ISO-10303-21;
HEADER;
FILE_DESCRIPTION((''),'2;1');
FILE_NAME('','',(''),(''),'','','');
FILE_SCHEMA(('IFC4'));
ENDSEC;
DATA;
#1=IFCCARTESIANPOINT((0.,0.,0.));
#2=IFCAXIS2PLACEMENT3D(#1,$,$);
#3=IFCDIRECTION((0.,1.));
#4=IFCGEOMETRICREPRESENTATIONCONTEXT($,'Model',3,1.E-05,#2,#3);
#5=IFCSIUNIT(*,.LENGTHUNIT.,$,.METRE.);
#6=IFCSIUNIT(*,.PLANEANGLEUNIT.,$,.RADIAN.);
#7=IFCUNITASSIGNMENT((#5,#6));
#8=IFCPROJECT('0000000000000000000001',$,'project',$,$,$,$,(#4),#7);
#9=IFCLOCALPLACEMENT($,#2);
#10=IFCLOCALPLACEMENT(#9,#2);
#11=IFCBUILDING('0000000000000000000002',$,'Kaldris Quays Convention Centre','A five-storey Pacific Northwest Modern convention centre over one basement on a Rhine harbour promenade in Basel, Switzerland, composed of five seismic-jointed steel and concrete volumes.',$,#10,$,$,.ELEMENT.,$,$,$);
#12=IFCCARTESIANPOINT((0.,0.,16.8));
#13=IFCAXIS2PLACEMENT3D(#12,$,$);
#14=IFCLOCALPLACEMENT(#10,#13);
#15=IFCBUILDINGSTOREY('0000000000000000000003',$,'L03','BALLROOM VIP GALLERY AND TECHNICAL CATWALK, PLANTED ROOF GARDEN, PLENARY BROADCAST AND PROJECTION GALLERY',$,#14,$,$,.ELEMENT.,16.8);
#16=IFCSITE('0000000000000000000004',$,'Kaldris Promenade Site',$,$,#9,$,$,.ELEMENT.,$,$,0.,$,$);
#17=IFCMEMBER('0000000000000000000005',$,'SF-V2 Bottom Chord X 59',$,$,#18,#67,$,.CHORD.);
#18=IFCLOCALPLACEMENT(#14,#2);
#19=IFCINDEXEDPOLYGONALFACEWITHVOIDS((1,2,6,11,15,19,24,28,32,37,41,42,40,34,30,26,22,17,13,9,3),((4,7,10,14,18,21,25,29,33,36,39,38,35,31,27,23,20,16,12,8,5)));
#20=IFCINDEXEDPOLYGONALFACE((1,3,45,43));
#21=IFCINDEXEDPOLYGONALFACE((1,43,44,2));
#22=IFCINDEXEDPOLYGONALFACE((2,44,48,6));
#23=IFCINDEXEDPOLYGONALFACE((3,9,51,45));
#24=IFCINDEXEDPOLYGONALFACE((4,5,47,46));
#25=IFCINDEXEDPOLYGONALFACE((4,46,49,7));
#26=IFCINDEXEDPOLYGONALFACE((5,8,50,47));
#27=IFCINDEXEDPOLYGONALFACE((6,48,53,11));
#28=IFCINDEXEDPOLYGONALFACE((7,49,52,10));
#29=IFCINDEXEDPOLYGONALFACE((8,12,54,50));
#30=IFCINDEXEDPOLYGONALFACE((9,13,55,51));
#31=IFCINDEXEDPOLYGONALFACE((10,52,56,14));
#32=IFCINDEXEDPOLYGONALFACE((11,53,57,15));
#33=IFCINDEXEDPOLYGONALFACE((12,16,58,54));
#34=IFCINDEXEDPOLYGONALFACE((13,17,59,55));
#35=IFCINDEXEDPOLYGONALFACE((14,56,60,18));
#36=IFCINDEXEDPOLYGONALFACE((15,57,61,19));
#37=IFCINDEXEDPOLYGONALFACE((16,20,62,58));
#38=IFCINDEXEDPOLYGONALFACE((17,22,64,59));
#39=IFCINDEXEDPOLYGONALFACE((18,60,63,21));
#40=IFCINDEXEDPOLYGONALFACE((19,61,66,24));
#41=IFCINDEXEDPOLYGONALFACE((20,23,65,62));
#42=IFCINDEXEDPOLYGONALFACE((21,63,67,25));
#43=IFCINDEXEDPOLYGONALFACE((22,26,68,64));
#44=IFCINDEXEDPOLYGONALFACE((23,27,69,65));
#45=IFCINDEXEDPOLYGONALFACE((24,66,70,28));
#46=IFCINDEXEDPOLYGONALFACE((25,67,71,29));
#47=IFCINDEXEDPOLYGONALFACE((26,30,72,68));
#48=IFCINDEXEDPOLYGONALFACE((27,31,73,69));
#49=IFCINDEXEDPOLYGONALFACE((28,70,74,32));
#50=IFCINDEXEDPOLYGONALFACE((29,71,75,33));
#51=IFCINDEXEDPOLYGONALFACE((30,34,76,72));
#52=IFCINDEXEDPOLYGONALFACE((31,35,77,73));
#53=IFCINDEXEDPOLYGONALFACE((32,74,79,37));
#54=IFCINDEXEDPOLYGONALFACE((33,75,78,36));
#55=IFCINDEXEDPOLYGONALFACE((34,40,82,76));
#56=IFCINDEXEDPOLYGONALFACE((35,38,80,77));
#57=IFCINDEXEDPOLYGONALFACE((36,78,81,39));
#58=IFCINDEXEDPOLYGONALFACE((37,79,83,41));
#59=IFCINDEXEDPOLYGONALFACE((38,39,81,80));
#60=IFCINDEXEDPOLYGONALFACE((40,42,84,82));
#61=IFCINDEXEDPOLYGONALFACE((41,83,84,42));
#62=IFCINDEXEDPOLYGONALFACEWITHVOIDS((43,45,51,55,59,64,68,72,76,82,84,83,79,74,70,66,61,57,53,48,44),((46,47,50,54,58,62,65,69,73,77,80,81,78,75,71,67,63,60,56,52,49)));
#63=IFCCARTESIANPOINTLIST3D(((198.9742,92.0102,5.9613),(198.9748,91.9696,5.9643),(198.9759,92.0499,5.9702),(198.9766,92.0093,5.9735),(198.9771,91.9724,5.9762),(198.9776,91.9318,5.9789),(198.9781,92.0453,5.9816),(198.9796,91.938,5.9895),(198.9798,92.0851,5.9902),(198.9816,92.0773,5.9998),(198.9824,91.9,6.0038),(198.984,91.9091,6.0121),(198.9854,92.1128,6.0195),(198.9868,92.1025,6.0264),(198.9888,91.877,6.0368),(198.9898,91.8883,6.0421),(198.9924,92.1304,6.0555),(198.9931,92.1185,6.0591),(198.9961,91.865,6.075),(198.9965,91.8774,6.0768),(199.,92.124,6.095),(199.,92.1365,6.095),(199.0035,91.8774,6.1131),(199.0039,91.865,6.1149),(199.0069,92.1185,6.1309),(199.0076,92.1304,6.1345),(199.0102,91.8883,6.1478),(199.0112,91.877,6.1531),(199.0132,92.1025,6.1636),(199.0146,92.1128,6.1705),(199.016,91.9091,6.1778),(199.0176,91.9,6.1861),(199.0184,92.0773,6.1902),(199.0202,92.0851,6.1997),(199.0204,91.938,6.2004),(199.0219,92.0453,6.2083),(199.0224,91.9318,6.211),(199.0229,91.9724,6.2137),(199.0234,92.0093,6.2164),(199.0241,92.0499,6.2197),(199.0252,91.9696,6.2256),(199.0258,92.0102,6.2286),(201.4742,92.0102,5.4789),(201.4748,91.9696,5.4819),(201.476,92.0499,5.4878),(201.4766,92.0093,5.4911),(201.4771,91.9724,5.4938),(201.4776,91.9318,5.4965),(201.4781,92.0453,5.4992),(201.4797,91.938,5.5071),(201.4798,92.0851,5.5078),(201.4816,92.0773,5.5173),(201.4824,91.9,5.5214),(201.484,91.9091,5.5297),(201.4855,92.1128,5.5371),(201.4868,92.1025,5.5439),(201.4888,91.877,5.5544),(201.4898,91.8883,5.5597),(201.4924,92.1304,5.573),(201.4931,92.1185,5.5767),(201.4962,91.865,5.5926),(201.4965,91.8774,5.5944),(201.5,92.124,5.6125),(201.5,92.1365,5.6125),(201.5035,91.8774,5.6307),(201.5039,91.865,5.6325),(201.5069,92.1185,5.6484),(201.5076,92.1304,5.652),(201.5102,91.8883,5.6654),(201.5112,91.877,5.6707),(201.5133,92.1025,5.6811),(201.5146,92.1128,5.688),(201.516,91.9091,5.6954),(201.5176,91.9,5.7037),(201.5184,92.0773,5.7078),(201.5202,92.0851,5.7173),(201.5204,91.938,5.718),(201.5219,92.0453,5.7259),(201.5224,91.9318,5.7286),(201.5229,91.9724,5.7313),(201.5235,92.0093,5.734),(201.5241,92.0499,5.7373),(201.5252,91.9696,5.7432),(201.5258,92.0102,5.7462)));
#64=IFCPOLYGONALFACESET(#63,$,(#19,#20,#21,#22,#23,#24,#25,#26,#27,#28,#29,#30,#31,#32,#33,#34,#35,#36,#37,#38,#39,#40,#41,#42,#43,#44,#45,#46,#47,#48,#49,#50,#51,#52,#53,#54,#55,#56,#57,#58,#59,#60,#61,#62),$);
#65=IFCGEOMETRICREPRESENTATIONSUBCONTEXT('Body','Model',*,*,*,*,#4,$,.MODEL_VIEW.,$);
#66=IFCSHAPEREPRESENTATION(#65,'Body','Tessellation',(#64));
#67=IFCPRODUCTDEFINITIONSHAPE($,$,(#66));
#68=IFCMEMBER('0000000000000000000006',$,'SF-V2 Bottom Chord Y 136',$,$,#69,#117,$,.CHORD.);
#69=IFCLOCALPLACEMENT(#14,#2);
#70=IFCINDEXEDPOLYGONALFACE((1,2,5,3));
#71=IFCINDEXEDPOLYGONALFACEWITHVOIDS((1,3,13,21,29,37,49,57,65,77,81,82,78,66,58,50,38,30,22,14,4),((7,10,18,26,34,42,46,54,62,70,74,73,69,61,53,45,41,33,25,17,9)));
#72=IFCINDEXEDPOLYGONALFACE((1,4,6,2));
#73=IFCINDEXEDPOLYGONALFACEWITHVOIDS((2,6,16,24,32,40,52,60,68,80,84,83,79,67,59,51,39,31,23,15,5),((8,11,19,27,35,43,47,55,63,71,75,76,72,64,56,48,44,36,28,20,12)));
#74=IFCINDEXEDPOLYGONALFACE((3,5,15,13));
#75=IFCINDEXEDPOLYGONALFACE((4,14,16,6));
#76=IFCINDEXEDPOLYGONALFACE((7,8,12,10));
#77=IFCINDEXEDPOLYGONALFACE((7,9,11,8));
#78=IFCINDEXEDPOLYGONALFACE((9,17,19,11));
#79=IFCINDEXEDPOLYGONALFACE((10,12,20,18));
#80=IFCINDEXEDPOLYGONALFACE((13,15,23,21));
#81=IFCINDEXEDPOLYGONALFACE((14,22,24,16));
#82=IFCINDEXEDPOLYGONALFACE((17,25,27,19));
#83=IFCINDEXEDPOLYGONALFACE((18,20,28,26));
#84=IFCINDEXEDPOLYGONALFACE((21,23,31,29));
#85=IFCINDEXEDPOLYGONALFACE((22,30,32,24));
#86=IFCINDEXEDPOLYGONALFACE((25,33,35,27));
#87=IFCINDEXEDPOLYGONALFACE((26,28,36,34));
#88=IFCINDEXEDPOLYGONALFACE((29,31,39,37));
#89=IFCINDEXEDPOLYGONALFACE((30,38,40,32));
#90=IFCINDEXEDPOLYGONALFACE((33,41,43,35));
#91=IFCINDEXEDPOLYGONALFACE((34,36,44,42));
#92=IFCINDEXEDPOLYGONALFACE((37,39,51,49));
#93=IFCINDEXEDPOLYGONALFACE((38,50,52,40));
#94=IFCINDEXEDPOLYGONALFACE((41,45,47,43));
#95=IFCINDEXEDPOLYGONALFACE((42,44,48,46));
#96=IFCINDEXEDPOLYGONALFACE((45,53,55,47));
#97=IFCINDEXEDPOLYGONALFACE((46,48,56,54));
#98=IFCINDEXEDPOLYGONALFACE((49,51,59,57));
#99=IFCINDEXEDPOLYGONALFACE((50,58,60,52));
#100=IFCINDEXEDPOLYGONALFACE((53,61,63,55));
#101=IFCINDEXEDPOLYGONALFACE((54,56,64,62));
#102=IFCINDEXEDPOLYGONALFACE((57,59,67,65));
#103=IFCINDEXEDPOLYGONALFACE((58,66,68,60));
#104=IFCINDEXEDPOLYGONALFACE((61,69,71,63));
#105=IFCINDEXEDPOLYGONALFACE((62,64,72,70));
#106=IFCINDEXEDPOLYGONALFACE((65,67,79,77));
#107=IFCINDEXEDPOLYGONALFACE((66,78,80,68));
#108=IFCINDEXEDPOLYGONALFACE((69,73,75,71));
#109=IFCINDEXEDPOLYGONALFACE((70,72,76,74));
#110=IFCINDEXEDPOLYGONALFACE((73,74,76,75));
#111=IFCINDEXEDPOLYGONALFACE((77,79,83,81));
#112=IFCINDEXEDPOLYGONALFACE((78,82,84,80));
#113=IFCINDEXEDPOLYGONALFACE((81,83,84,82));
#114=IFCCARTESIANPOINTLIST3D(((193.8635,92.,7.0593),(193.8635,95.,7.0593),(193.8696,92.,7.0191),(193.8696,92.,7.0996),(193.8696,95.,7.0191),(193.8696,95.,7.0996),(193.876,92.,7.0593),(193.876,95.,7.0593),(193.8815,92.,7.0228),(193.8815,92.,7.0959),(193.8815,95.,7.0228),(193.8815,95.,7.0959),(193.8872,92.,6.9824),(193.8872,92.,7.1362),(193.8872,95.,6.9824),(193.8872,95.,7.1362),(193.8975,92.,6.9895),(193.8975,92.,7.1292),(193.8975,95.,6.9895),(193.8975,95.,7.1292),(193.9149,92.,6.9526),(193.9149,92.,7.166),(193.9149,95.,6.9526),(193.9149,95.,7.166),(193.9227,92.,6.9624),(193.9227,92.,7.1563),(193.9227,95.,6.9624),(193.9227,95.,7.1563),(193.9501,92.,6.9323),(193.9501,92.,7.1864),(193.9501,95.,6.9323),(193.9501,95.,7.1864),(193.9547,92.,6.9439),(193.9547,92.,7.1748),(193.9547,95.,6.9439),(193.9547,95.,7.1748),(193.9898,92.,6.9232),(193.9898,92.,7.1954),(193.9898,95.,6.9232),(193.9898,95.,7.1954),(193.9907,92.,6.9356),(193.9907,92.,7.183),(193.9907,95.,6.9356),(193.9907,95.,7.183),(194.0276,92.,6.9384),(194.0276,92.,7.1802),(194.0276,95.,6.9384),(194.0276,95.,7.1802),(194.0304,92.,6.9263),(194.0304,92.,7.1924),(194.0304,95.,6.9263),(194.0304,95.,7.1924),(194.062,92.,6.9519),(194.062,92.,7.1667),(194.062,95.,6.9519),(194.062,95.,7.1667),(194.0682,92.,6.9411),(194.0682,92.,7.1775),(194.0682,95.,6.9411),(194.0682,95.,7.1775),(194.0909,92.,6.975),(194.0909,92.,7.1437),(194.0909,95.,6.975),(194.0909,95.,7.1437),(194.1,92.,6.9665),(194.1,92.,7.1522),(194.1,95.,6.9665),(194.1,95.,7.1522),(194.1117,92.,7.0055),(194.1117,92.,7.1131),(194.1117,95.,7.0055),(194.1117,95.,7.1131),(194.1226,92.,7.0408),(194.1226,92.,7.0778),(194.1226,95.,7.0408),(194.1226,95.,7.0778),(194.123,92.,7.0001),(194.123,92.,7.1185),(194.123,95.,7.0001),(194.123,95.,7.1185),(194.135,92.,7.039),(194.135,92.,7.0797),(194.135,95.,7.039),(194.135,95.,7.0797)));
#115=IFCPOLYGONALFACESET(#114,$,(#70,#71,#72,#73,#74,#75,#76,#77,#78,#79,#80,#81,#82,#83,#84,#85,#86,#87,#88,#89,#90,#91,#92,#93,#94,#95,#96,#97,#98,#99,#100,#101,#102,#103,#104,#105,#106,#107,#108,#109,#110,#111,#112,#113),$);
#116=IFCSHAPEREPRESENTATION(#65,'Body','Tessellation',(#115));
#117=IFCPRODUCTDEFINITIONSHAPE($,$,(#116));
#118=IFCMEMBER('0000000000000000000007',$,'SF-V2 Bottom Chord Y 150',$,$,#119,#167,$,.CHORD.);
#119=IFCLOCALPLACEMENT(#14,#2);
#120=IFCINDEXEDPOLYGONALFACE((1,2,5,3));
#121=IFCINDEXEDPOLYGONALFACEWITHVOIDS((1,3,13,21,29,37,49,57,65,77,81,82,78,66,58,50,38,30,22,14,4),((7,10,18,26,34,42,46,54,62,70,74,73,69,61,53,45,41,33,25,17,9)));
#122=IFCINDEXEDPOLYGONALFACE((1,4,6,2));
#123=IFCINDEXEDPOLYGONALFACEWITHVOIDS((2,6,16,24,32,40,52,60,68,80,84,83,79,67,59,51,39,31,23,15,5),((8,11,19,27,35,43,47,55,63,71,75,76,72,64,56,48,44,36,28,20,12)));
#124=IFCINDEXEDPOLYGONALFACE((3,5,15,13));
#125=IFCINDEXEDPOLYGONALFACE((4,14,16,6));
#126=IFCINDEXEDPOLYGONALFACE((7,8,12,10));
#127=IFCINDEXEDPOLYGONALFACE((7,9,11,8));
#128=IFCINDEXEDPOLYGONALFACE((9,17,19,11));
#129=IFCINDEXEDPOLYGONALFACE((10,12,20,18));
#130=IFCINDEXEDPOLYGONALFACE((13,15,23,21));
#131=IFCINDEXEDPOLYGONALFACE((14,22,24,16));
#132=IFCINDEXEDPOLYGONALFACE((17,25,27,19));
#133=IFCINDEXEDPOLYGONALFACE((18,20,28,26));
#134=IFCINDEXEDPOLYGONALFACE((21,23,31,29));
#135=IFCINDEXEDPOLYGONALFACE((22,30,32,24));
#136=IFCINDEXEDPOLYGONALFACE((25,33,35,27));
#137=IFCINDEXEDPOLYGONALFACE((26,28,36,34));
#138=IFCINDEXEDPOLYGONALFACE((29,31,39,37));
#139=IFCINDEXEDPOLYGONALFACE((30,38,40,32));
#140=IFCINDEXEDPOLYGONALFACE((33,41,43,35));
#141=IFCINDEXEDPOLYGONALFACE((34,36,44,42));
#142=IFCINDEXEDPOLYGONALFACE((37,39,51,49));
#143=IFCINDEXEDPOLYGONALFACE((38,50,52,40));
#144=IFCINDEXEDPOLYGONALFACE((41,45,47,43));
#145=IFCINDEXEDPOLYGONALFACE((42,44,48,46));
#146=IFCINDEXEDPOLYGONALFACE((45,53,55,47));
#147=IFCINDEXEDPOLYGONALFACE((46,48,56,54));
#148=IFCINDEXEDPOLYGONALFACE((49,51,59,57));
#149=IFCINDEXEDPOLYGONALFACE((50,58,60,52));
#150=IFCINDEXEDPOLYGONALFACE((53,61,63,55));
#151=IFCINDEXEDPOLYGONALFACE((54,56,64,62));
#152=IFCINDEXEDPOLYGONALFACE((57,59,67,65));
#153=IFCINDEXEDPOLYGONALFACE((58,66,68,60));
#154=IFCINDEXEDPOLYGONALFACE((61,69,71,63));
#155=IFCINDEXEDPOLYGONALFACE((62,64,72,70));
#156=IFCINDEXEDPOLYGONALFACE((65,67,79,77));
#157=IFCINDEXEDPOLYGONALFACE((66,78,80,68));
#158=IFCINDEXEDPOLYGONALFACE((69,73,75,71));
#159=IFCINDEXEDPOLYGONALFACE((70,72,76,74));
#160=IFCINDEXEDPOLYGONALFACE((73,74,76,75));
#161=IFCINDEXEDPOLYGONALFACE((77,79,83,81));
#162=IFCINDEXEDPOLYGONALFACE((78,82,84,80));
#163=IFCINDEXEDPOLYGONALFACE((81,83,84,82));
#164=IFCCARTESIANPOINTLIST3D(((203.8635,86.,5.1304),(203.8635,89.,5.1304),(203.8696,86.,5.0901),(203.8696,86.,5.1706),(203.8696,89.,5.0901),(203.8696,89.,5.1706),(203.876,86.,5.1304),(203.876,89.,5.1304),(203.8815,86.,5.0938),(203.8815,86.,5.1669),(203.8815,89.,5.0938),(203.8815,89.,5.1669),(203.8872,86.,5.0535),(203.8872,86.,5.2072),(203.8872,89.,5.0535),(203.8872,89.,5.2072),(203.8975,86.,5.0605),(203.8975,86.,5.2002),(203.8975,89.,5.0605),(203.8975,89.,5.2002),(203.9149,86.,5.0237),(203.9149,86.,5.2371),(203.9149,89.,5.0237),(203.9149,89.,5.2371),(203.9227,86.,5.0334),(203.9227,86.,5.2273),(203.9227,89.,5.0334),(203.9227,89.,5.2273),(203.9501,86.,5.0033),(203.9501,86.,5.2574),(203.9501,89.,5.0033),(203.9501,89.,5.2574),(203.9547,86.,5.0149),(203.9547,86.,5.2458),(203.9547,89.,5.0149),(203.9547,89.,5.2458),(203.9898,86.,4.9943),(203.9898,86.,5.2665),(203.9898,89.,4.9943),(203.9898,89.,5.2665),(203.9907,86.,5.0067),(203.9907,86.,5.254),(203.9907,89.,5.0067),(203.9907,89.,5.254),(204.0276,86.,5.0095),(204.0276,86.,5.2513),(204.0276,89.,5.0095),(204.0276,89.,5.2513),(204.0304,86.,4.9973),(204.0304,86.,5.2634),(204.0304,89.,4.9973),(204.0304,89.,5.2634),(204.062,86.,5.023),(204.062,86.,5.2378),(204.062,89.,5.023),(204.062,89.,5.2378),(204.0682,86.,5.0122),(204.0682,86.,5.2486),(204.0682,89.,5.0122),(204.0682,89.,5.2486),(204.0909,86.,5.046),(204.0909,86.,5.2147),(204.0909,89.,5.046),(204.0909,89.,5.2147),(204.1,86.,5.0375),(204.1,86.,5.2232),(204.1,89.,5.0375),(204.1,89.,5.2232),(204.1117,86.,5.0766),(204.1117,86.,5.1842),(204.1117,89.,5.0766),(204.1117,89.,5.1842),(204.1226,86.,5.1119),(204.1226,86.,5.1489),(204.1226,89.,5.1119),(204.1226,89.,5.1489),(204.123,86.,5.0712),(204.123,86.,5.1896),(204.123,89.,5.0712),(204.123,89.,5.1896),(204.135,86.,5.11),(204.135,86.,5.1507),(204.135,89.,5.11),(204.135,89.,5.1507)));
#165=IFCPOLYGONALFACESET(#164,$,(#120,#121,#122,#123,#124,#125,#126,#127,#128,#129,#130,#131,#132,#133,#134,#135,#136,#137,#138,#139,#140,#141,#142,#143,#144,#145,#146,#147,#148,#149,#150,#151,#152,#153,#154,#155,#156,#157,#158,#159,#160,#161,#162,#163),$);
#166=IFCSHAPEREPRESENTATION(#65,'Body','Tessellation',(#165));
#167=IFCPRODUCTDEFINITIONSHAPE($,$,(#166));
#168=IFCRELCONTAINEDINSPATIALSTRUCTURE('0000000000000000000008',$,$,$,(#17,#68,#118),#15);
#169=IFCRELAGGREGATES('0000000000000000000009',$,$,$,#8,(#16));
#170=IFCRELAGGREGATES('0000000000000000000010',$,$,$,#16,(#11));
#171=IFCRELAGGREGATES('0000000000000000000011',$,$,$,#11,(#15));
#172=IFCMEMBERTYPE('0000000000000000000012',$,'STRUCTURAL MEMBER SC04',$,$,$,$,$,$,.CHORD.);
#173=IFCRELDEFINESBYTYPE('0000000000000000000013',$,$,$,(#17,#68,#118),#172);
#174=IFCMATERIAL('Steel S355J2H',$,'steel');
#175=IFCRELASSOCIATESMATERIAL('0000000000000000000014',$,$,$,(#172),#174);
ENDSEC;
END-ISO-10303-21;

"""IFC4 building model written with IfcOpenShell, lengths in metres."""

from ifc_helpers import new_model, si_unit, direction, frame, origin, origin_2d, place, context, subcontext, project, spatial, hollow_circle, extrude, material, material_profile, profile_set, type_object, element, save


model = new_model("IFC4")

# Units and contexts
model_context = context("Model", 3, precision=1e-05, world=origin(), true_north=direction((0.0, 1.0)))
body_context = subcontext(model_context, "Body", "Model", "MODEL_VIEW")
ifc_project = project(units=[si_unit("LENGTHUNIT", "METRE"), si_unit("PLANEANGLEUNIT", "RADIAN")], contexts=[model_context])

# Site, building, storey
site_placement = place(None, origin())
site = spatial("IfcSite", under=ifc_project, at=site_placement, Name="Kaldris Promenade Site", CompositionType="ELEMENT", RefElevation=0.0)
building_placement = place(site_placement, origin())
building = spatial("IfcBuilding", under=site, at=building_placement, Name="Kaldris Quays Convention Centre", Description="A five-storey Pacific Northwest Modern convention centre over one basement on a Rhine harbour promenade in Basel, Switzerland, composed of five seismic-jointed steel and concrete volumes.", CompositionType="ELEMENT")
storey_placement = place(building_placement, frame((0.0, 0.0, 16.8)))
storey = spatial("IfcBuildingStorey", under=building, at=storey_placement, Name="L03", Description="BALLROOM VIP GALLERY AND TECHNICAL CATWALK, PLANTED ROOF GARDEN, PLENARY BROADCAST AND PROJECTION GALLERY", CompositionType="ELEMENT", Elevation=16.8)

# Members
ifc_material_1 = material(Name="Steel S355J2H", Category="steel")
ifc_material_profile_1 = material_profile(ifc_material_1, hollow_circle(Radius=0.1365, WallThickness=0.0125, at=origin_2d()), Name="CHS 273x12.5")
ifc_profile_set_1 = profile_set([ifc_material_profile_1], Name="Steel S355J2H")
member_type_1 = type_object("IfcMemberType", Name="STRUCTURAL MEMBER SC04", PredefinedType="CHORD", material=ifc_profile_set_1)
for number, where, z_axis, x_axis, name in (
    (1, (199.0, 92.0, 6.095), (0.981886, 0.0, -0.189473), (0.0, 1.0, 0.0), "SF-V2 Bottom Chord X 59"),
):
    element("IfcMember", number, at=place(storey_placement, frame(where, z_axis=z_axis, x_axis=x_axis)), inside=storey, type_object=member_type_1, Name=name, PredefinedType="CHORD", context=body_context, shape_type="SweptSolid", body=[
        extrude(hollow_circle(Radius=0.1365, WallThickness=0.0125, at=origin_2d()), origin(), (0.0, 0.0, 1.0), 2.5461),
    ])
for number, where, z_axis, x_axis, name in (
    (2, (194.0, 92.0, 7.0593), (0.0, 1.0, 0.0), (-1.0, 0.0, 0.0), "SF-V2 Bottom Chord Y 136"),
    (3, (204.0, 86.0, 5.1304), (0.0, 1.0, 0.0), (-1.0, 0.0, 0.0), "SF-V2 Bottom Chord Y 150"),
):
    element("IfcMember", number, at=place(storey_placement, frame(where, z_axis=z_axis, x_axis=x_axis)), inside=storey, type_object=member_type_1, Name=name, PredefinedType="CHORD", context=body_context, shape_type="SweptSolid", body=[
        extrude(hollow_circle(Radius=0.1365, WallThickness=0.0125, at=origin_2d()), origin(), (0.0, 0.0, 1.0), 3.0),
    ])

save(model, "model.ifc")
